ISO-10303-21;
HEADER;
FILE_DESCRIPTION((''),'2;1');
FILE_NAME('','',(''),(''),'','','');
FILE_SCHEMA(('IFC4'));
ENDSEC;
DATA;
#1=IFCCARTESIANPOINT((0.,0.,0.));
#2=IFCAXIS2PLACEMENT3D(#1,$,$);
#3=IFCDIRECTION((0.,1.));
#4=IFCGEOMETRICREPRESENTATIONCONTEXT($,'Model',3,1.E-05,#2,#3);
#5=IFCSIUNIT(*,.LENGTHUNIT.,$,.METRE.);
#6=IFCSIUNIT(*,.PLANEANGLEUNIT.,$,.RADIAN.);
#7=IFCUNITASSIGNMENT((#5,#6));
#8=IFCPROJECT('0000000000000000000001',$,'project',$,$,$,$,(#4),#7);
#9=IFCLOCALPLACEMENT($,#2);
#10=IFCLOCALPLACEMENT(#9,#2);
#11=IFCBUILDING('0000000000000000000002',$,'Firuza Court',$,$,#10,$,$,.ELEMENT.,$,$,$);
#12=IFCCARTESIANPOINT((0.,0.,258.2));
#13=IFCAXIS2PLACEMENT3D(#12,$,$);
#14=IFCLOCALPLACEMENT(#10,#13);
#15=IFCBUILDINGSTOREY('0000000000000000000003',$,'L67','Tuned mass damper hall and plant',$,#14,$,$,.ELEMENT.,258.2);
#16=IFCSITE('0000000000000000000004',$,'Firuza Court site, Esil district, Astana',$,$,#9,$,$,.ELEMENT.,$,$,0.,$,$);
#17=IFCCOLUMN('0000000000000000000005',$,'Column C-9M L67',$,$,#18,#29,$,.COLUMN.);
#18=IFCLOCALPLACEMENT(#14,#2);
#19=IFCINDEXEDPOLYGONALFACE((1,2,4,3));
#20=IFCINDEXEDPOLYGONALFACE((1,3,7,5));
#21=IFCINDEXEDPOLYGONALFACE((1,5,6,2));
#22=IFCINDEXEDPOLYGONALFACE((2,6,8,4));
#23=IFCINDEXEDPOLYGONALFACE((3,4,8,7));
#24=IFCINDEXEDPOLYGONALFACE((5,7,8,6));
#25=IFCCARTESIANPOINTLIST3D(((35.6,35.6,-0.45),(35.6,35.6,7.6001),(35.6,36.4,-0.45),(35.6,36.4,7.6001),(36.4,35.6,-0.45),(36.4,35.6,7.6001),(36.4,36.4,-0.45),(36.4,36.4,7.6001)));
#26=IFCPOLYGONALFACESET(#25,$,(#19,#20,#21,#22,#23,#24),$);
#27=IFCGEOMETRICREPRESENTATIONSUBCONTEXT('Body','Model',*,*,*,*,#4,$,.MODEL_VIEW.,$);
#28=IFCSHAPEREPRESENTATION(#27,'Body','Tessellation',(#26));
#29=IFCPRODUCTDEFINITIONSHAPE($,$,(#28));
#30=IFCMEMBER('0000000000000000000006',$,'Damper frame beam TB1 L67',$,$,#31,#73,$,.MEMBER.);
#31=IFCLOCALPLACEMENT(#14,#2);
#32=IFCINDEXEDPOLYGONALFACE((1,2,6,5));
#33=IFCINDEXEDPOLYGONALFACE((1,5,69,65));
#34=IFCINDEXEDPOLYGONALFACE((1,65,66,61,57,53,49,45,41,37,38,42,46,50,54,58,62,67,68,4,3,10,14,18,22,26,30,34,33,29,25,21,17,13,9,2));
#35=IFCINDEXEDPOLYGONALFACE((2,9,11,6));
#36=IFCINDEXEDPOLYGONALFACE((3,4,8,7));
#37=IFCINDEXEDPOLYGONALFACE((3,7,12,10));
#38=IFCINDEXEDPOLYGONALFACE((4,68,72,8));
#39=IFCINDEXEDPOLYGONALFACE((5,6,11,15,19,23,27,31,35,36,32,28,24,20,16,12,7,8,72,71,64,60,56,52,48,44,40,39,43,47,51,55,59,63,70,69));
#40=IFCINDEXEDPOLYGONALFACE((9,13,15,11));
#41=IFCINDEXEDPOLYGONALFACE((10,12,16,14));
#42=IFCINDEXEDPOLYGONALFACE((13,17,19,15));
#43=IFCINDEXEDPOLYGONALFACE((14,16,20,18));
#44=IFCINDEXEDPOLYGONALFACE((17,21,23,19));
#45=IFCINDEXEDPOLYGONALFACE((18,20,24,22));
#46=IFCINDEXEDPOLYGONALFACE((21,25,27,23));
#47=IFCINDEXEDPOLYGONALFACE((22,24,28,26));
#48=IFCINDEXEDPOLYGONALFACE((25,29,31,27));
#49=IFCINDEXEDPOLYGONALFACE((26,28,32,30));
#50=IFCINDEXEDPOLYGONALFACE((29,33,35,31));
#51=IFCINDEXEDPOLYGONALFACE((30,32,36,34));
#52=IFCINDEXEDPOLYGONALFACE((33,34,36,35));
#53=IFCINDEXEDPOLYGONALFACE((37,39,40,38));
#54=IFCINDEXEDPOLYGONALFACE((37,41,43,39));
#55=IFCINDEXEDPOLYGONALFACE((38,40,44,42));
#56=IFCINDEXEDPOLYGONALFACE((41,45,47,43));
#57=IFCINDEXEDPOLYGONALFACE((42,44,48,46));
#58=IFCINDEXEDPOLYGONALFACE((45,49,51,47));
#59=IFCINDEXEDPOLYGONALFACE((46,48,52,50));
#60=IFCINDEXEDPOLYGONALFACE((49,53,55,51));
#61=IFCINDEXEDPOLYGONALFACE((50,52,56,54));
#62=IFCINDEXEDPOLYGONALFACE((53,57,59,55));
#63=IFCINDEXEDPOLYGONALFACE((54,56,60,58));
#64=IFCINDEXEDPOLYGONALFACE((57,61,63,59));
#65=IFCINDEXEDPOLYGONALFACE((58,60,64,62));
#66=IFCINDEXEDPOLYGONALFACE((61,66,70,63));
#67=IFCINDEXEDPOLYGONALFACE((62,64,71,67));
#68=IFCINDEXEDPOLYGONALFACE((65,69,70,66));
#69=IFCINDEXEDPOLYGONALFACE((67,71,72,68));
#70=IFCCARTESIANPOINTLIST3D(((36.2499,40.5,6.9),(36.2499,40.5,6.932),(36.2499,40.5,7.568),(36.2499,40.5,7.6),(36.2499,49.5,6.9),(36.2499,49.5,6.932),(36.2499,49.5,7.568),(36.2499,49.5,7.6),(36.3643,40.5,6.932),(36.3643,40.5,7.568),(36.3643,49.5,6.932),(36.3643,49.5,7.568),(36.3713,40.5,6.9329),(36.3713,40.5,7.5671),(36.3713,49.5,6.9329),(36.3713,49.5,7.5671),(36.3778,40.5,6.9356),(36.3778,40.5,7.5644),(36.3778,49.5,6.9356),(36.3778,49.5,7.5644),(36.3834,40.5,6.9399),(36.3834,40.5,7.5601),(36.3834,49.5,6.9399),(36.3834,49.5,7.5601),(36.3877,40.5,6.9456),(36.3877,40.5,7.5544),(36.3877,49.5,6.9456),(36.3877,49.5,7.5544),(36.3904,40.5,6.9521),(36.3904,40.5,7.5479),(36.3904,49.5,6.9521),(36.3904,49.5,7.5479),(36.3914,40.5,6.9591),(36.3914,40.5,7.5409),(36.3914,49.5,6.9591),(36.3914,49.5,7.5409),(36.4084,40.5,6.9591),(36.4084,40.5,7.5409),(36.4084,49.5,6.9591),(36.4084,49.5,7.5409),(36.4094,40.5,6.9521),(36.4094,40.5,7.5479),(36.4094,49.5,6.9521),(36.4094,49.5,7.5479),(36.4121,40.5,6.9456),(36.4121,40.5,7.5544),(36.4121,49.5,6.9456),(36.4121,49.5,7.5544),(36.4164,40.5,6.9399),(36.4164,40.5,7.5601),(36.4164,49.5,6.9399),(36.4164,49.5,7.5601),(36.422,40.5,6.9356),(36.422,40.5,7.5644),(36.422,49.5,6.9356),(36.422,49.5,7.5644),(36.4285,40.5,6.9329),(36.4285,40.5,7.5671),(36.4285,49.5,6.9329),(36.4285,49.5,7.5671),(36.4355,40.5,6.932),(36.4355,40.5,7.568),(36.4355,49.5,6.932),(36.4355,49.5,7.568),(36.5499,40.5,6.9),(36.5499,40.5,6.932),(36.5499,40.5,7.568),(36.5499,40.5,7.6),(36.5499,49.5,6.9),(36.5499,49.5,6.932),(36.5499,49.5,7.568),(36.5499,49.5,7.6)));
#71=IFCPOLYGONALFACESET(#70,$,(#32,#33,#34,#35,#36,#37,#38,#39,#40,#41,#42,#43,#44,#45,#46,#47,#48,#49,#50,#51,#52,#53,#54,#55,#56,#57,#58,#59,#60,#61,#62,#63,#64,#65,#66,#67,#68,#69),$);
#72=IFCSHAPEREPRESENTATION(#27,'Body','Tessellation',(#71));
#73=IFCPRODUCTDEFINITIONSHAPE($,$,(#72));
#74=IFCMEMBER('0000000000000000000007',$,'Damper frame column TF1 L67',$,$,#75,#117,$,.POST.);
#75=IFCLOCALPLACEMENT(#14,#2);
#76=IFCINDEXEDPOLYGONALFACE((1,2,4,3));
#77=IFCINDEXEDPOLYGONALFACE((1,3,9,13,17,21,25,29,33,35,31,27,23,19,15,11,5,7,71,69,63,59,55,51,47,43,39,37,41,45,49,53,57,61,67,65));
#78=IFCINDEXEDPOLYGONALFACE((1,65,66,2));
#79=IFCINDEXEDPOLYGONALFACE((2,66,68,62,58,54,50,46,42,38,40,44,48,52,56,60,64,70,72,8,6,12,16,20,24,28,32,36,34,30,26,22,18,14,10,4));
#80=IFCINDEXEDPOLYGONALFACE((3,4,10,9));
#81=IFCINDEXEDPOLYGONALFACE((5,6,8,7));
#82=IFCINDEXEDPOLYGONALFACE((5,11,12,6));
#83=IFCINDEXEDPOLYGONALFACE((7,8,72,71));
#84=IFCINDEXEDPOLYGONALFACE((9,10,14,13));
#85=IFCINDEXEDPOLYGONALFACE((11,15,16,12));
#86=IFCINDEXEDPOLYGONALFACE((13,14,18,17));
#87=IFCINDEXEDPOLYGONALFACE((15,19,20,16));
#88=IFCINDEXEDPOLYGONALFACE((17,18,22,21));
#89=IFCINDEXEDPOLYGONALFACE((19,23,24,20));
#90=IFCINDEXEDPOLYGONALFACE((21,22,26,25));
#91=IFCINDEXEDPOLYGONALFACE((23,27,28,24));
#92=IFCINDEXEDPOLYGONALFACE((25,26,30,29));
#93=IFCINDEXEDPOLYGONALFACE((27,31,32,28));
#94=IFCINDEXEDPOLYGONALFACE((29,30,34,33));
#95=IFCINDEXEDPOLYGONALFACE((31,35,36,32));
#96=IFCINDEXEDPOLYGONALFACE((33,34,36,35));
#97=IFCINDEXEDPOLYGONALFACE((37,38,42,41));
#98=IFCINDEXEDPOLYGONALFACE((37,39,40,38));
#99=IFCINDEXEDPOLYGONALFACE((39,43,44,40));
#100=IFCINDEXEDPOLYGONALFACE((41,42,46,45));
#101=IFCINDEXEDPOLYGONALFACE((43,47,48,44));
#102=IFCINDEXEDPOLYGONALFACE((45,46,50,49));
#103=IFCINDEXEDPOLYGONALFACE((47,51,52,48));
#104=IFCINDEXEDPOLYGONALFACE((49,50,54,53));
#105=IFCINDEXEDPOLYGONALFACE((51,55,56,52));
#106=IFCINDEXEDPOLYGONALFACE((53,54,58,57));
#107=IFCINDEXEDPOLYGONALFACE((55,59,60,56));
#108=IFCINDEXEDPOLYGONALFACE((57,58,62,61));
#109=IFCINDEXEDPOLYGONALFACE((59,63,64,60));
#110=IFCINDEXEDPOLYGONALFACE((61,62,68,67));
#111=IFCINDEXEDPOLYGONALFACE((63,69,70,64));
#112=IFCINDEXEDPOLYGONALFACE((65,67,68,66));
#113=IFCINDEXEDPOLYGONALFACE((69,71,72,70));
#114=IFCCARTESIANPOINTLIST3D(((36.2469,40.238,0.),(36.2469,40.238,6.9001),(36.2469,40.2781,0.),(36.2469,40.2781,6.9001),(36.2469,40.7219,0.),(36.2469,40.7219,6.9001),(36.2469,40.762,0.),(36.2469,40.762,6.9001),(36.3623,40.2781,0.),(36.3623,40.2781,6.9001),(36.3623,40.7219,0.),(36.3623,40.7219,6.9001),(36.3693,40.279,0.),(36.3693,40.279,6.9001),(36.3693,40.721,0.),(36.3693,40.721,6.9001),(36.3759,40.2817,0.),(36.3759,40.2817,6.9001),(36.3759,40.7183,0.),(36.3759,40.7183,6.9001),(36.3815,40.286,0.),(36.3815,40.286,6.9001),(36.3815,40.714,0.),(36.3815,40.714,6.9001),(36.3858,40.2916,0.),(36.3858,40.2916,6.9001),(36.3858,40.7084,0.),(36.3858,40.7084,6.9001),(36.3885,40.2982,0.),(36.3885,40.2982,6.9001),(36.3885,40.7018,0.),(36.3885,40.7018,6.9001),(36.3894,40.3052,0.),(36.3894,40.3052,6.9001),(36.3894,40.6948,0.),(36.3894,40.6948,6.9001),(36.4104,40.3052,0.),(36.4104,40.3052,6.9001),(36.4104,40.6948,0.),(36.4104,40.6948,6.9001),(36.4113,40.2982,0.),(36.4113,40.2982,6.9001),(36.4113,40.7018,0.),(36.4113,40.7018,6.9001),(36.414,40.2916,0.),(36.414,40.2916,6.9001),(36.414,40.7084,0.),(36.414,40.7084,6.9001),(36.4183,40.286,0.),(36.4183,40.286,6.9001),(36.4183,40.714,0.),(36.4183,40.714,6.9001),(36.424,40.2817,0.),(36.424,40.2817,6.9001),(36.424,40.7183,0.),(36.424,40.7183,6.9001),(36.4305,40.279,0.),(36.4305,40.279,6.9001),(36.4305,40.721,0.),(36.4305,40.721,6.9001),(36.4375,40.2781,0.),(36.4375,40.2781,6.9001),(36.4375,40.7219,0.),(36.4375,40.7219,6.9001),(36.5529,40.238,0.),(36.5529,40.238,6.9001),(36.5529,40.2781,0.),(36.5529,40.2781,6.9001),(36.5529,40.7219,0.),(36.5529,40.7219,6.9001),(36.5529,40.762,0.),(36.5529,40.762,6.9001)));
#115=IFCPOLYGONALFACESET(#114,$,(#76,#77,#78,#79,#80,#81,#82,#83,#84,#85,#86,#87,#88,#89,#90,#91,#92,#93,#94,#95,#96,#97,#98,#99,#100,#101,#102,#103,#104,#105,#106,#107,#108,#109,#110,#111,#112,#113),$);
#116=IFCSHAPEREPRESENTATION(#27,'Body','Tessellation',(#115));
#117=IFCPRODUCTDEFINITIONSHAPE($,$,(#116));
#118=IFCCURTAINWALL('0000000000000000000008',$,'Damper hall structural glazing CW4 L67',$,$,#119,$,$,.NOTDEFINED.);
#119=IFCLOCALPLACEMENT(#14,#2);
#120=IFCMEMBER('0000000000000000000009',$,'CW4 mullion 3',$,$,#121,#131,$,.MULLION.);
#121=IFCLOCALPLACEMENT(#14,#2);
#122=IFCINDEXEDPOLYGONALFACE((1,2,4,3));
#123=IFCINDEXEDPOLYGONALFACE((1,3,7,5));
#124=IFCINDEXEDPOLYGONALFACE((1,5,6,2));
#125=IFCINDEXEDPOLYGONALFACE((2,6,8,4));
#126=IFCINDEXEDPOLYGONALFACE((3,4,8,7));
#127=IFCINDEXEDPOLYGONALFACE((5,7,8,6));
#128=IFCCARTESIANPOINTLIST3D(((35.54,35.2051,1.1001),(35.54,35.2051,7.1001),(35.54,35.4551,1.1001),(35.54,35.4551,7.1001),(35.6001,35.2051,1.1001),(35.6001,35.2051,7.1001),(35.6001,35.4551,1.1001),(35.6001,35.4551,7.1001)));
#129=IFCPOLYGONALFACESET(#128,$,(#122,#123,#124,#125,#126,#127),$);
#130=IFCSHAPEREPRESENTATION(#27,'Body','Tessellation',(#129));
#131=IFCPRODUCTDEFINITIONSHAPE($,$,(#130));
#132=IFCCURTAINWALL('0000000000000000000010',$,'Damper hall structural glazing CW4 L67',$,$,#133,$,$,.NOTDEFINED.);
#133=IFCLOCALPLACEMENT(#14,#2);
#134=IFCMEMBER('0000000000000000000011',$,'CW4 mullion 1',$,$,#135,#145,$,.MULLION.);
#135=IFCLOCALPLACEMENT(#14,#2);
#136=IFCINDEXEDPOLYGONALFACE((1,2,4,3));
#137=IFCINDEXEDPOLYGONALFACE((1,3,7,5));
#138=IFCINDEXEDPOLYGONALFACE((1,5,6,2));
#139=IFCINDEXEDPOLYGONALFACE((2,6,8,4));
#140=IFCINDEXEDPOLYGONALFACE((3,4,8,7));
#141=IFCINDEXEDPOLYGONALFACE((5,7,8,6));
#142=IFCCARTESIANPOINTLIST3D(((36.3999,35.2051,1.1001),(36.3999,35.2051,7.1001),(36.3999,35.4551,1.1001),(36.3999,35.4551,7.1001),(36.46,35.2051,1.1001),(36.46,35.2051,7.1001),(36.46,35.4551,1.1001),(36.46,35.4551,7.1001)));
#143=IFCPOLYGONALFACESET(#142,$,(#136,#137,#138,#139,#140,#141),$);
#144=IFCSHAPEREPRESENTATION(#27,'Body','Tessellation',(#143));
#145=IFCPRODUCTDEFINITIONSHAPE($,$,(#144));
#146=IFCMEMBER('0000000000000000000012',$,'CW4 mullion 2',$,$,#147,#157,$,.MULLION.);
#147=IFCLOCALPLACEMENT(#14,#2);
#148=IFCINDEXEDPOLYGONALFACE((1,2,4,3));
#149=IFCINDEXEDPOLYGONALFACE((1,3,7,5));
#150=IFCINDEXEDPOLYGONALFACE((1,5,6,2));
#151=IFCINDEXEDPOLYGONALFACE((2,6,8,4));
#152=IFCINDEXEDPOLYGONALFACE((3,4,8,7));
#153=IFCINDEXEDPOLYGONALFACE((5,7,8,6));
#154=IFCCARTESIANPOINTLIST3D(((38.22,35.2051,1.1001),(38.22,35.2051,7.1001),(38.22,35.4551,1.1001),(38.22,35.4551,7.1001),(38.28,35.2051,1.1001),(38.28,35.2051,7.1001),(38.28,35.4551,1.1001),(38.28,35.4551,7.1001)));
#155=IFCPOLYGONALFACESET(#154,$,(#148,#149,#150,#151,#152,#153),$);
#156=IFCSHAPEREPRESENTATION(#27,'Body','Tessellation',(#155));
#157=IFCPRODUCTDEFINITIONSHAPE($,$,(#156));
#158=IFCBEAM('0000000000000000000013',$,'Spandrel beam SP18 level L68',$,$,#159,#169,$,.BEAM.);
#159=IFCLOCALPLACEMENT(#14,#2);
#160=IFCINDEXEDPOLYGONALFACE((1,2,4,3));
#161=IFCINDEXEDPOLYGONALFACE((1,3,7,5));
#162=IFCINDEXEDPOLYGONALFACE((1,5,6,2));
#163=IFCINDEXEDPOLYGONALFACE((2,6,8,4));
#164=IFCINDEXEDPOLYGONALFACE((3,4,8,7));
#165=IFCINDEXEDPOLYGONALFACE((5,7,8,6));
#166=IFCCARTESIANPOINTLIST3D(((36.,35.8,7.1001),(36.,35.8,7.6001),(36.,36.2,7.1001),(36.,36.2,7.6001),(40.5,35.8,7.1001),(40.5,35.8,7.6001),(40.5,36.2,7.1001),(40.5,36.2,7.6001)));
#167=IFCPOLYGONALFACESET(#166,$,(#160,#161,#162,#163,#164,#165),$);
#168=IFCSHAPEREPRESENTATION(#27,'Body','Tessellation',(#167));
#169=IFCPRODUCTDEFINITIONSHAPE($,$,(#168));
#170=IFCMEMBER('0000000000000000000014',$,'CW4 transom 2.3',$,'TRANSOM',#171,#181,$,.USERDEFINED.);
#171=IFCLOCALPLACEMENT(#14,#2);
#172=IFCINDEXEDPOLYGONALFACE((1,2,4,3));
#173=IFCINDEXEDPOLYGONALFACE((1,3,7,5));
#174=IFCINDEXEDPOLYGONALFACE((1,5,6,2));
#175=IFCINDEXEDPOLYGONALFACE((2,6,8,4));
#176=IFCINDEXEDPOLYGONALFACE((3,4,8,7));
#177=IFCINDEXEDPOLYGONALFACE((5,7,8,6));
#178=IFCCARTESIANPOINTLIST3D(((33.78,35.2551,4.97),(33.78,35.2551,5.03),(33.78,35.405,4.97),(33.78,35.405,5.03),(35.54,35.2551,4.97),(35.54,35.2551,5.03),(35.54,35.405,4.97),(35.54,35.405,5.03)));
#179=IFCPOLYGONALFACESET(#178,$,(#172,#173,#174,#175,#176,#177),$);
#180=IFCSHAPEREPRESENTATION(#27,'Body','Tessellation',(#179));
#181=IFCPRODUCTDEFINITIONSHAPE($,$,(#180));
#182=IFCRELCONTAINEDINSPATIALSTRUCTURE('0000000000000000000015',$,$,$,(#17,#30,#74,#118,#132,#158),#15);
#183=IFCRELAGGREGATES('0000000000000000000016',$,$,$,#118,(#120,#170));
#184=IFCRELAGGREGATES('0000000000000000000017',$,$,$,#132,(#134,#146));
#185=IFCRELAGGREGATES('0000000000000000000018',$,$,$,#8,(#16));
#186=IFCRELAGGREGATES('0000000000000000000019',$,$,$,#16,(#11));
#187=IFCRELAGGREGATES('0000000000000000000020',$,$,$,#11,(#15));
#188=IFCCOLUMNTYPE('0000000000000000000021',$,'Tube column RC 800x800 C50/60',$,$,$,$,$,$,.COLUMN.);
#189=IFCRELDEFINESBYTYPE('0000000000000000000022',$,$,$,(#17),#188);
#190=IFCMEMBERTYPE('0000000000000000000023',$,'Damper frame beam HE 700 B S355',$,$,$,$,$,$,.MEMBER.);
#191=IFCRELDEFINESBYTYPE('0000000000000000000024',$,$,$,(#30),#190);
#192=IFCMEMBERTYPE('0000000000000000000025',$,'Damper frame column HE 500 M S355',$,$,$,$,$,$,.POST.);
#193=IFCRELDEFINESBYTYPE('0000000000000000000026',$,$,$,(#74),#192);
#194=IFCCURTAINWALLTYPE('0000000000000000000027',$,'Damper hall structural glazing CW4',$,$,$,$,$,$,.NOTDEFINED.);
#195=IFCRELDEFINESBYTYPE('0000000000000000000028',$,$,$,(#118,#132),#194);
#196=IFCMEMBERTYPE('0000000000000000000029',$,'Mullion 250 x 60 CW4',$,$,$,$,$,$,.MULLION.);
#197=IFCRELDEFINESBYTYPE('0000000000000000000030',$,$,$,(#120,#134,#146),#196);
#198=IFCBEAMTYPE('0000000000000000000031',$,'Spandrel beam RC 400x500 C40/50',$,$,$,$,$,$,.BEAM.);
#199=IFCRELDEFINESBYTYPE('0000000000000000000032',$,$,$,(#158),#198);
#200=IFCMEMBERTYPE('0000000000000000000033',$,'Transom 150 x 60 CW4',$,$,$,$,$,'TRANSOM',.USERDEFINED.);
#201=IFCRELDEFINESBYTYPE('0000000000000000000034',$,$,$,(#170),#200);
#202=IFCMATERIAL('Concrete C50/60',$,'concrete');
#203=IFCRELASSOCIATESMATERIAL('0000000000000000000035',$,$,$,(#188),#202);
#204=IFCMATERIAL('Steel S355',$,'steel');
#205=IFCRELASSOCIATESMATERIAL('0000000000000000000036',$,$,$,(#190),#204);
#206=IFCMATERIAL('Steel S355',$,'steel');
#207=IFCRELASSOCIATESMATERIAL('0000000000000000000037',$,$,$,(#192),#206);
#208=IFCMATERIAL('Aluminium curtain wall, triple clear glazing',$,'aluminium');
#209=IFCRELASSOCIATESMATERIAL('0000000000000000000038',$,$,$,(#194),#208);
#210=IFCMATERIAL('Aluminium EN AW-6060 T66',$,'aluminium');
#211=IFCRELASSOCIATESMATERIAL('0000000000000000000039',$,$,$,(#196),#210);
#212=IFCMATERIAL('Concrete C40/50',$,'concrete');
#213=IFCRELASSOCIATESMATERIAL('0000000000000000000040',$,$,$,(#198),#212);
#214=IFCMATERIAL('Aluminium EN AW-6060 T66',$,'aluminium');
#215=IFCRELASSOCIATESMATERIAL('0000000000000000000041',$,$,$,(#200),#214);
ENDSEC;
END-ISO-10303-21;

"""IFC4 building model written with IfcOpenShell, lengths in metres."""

from ifc_helpers import new_model, si_unit, direction, frame, origin, origin_2d, place, context, subcontext, project, spatial, rectangle, i_section, extrude, material, material_profile, profile_set, type_object, element, aggregate, save


model = new_model("IFC4")

# Units and contexts
model_context = context("Model", 3, precision=1e-05, world=origin(), true_north=direction((0.0, 1.0)))
body_context = subcontext(model_context, "Body", "Model", "MODEL_VIEW")
ifc_project = project(units=[si_unit("LENGTHUNIT", "METRE"), si_unit("PLANEANGLEUNIT", "RADIAN")], contexts=[model_context])

# Site, building, storey
site_placement = place(None, origin())
site = spatial("IfcSite", under=ifc_project, at=site_placement, Name="Firuza Court site, Esil district, Astana", CompositionType="ELEMENT", RefElevation=0.0)
building_placement = place(site_placement, origin())
building = spatial("IfcBuilding", under=site, at=building_placement, Name="Firuza Court", CompositionType="ELEMENT")
storey_placement = place(building_placement, frame((0.0, 0.0, 258.2)))
storey = spatial("IfcBuildingStorey", under=building, at=storey_placement, Name="L67", Description="Tuned mass damper hall and plant", CompositionType="ELEMENT", Elevation=258.2)

# Column
ifc_material_1 = material(Name="Concrete C50/60", Category="concrete")
ifc_material_profile_1 = material_profile(ifc_material_1, rectangle(XDim=0.8, YDim=0.8, at=origin_2d()), Name="RC 800x800")
ifc_profile_set_1 = profile_set([ifc_material_profile_1], Name="Concrete C50/60")
column_type = type_object("IfcColumnType", Name="Tube column RC 800x800 C50/60", PredefinedType="COLUMN", material=ifc_profile_set_1)
column_placement = place(storey_placement, frame((36.0, 36.0, -0.45), z_axis=(0.0, 0.0, 1.0), x_axis=(1.0, 0.0, 0.0)))
element("IfcColumn", 1, at=column_placement, inside=storey, type_object=column_type, Name="Column C-9M L67", PredefinedType="COLUMN", context=body_context, shape_type="SweptSolid", body=[
    extrude(rectangle(XDim=0.8, YDim=0.8, at=origin_2d()), origin(), (0.0, 0.0, 1.0), 8.05),
])

# Members
ifc_material_2 = material(Name="Steel S355", Category="steel")
ifc_material_profile_2 = material_profile(ifc_material_2, i_section(OverallWidth=0.3, OverallDepth=0.7, WebThickness=0.0171, FlangeThickness=0.032, FilletRadius=0.0271, at=origin_2d()), Name="HE 700 B")
ifc_profile_set_2 = profile_set([ifc_material_profile_2], Name="Steel S355")
member_type_1 = type_object("IfcMemberType", Name="Damper frame beam HE 700 B S355", PredefinedType="MEMBER", material=ifc_profile_set_2)
member_1_placement = place(storey_placement, frame((36.3999, 40.5, 7.25), z_axis=(0.0, 1.0, 0.0), x_axis=(-1.0, 0.0, 0.0)))
element("IfcMember", 2, at=member_1_placement, inside=storey, type_object=member_type_1, Name="Damper frame beam TB1 L67", PredefinedType="MEMBER", context=body_context, shape_type="SweptSolid", body=[
    extrude(i_section(OverallWidth=0.3, OverallDepth=0.7, WebThickness=0.0171, FlangeThickness=0.032, FilletRadius=0.0271, at=origin_2d()), origin(), (0.0, 0.0, 1.0), 9.0),
])
ifc_material_3 = material(Name="Steel S355", Category="steel")
ifc_material_profile_3 = material_profile(ifc_material_3, i_section(OverallWidth=0.3059, OverallDepth=0.5239, WebThickness=0.021, FlangeThickness=0.04, FilletRadius=0.0271, at=origin_2d()), Name="HE 500 M")
ifc_profile_set_3 = profile_set([ifc_material_profile_3], Name="Steel S355")
member_type_2 = type_object("IfcMemberType", Name="Damper frame column HE 500 M S355", PredefinedType="POST", material=ifc_profile_set_3)
member_2_placement = place(storey_placement, frame((36.3999, 40.5, 0.0), z_axis=(0.0, 0.0, 1.0), x_axis=(1.0, 0.0, 0.0)))
element("IfcMember", 3, at=member_2_placement, inside=storey, type_object=member_type_2, Name="Damper frame column TF1 L67", PredefinedType="POST", context=body_context, shape_type="SweptSolid", body=[
    extrude(i_section(OverallWidth=0.3059, OverallDepth=0.5239, WebThickness=0.021, FlangeThickness=0.04, FilletRadius=0.0271, at=origin_2d()), origin(), (0.0, 0.0, 1.0), 6.9001),
])

# Curtain wall, member
ifc_material_4 = material(Name="Aluminium curtain wall, triple clear glazing", Category="aluminium")
curtain_wall_type = type_object("IfcCurtainWallType", Name="Damper hall structural glazing CW4", PredefinedType="NOTDEFINED", material=ifc_material_4)
curtain_wall_1_placement = place(storey_placement, origin())
curtain_wall_1 = element("IfcCurtainWall", 4, at=curtain_wall_1_placement, inside=storey, type_object=curtain_wall_type, Name="Damper hall structural glazing CW4 L67", PredefinedType="NOTDEFINED")
ifc_material_5 = material(Name="Aluminium EN AW-6060 T66", Category="aluminium")
ifc_material_profile_4 = material_profile(ifc_material_5, rectangle(XDim=0.25, YDim=0.0601, at=origin_2d()), Name="Mullion 250 x 60 CW4")
ifc_profile_set_4 = profile_set([ifc_material_profile_4], Name="Aluminium EN AW-6060 T66")
member_type_3 = type_object("IfcMemberType", Name="Mullion 250 x 60 CW4", PredefinedType="MULLION", material=ifc_profile_set_4)
member_3_placement = place(storey_placement, frame((35.5701, 35.3301, 1.1001), z_axis=(0.0, 0.0, 1.0), x_axis=(0.0, 1.0, 0.0)))
member_3 = element("IfcMember", 5, at=member_3_placement, type_object=member_type_3, Name="CW4 mullion 3", PredefinedType="MULLION", context=body_context, shape_type="SweptSolid", body=[
    extrude(rectangle(XDim=0.25, YDim=0.0601, at=origin_2d()), origin(), (0.0, 0.0, 1.0), 6.0),
])

# Curtain wall, members
curtain_wall_2_placement = place(storey_placement, origin())
curtain_wall_2 = element("IfcCurtainWall", 6, at=curtain_wall_2_placement, inside=storey, type_object=curtain_wall_type, Name="Damper hall structural glazing CW4 L67", PredefinedType="NOTDEFINED")
member_4_placement = place(storey_placement, frame((36.4299, 35.3301, 1.1001), z_axis=(0.0, 0.0, 1.0), x_axis=(0.0, 1.0, 0.0)))
member_4 = element("IfcMember", 7, at=member_4_placement, type_object=member_type_3, Name="CW4 mullion 1", PredefinedType="MULLION", context=body_context, shape_type="SweptSolid", body=[
    extrude(rectangle(XDim=0.25, YDim=0.0601, at=origin_2d()), origin(), (0.0, 0.0, 1.0), 6.0),
])
member_5_placement = place(storey_placement, frame((38.25, 35.3301, 1.1001), z_axis=(0.0, 0.0, 1.0), x_axis=(0.0, 1.0, 0.0)))
member_5 = element("IfcMember", 8, at=member_5_placement, type_object=member_type_3, Name="CW4 mullion 2", PredefinedType="MULLION", context=body_context, shape_type="SweptSolid", body=[
    extrude(rectangle(XDim=0.25, YDim=0.0601, at=origin_2d()), origin(), (0.0, 0.0, 1.0), 6.0),
])

# Beam
ifc_material_6 = material(Name="Concrete C40/50", Category="concrete")
ifc_material_profile_5 = material_profile(ifc_material_6, rectangle(XDim=0.3999, YDim=0.5, at=origin_2d()), Name="RC 400x500")
ifc_profile_set_5 = profile_set([ifc_material_profile_5], Name="Concrete C40/50")
beam_type = type_object("IfcBeamType", Name="Spandrel beam RC 400x500 C40/50", PredefinedType="BEAM", material=ifc_profile_set_5)
beam_placement = place(storey_placement, frame((36.0, 36.0, 7.3501), z_axis=(1.0, 0.0, 0.0), x_axis=(0.0, 1.0, 0.0)))
element("IfcBeam", 9, at=beam_placement, inside=storey, type_object=beam_type, Name="Spandrel beam SP18 level L68", PredefinedType="BEAM", context=body_context, shape_type="SweptSolid", body=[
    extrude(rectangle(XDim=0.3999, YDim=0.5, at=origin_2d()), origin(), (0.0, 0.0, 1.0), 4.5),
])

# Member
ifc_material_7 = material(Name="Aluminium EN AW-6060 T66", Category="aluminium")
ifc_material_profile_6 = material_profile(ifc_material_7, rectangle(XDim=0.1499, YDim=0.0601, at=origin_2d()), Name="Transom 150 x 60 CW4")
ifc_profile_set_6 = profile_set([ifc_material_profile_6], Name="Aluminium EN AW-6060 T66")
member_type_4 = type_object("IfcMemberType", Name="Transom 150 x 60 CW4", ElementType="TRANSOM", PredefinedType="USERDEFINED", material=ifc_profile_set_6)
member_6_placement = place(storey_placement, frame((33.78, 35.3301, 5.0), z_axis=(1.0, 0.0, 0.0), x_axis=(0.0, 1.0, 0.0)))
member_6 = element("IfcMember", 10, at=member_6_placement, type_object=member_type_4, Name="CW4 transom 2.3", ObjectType="TRANSOM", PredefinedType="USERDEFINED", context=body_context, shape_type="SweptSolid", body=[
    extrude(rectangle(XDim=0.1499, YDim=0.0601, at=origin_2d()), origin(), (0.0, 0.0, 1.0), 1.76),
])

aggregate(curtain_wall_1, [member_3, member_6])
aggregate(curtain_wall_2, [member_4, member_5])

save(model, "model.ifc")
